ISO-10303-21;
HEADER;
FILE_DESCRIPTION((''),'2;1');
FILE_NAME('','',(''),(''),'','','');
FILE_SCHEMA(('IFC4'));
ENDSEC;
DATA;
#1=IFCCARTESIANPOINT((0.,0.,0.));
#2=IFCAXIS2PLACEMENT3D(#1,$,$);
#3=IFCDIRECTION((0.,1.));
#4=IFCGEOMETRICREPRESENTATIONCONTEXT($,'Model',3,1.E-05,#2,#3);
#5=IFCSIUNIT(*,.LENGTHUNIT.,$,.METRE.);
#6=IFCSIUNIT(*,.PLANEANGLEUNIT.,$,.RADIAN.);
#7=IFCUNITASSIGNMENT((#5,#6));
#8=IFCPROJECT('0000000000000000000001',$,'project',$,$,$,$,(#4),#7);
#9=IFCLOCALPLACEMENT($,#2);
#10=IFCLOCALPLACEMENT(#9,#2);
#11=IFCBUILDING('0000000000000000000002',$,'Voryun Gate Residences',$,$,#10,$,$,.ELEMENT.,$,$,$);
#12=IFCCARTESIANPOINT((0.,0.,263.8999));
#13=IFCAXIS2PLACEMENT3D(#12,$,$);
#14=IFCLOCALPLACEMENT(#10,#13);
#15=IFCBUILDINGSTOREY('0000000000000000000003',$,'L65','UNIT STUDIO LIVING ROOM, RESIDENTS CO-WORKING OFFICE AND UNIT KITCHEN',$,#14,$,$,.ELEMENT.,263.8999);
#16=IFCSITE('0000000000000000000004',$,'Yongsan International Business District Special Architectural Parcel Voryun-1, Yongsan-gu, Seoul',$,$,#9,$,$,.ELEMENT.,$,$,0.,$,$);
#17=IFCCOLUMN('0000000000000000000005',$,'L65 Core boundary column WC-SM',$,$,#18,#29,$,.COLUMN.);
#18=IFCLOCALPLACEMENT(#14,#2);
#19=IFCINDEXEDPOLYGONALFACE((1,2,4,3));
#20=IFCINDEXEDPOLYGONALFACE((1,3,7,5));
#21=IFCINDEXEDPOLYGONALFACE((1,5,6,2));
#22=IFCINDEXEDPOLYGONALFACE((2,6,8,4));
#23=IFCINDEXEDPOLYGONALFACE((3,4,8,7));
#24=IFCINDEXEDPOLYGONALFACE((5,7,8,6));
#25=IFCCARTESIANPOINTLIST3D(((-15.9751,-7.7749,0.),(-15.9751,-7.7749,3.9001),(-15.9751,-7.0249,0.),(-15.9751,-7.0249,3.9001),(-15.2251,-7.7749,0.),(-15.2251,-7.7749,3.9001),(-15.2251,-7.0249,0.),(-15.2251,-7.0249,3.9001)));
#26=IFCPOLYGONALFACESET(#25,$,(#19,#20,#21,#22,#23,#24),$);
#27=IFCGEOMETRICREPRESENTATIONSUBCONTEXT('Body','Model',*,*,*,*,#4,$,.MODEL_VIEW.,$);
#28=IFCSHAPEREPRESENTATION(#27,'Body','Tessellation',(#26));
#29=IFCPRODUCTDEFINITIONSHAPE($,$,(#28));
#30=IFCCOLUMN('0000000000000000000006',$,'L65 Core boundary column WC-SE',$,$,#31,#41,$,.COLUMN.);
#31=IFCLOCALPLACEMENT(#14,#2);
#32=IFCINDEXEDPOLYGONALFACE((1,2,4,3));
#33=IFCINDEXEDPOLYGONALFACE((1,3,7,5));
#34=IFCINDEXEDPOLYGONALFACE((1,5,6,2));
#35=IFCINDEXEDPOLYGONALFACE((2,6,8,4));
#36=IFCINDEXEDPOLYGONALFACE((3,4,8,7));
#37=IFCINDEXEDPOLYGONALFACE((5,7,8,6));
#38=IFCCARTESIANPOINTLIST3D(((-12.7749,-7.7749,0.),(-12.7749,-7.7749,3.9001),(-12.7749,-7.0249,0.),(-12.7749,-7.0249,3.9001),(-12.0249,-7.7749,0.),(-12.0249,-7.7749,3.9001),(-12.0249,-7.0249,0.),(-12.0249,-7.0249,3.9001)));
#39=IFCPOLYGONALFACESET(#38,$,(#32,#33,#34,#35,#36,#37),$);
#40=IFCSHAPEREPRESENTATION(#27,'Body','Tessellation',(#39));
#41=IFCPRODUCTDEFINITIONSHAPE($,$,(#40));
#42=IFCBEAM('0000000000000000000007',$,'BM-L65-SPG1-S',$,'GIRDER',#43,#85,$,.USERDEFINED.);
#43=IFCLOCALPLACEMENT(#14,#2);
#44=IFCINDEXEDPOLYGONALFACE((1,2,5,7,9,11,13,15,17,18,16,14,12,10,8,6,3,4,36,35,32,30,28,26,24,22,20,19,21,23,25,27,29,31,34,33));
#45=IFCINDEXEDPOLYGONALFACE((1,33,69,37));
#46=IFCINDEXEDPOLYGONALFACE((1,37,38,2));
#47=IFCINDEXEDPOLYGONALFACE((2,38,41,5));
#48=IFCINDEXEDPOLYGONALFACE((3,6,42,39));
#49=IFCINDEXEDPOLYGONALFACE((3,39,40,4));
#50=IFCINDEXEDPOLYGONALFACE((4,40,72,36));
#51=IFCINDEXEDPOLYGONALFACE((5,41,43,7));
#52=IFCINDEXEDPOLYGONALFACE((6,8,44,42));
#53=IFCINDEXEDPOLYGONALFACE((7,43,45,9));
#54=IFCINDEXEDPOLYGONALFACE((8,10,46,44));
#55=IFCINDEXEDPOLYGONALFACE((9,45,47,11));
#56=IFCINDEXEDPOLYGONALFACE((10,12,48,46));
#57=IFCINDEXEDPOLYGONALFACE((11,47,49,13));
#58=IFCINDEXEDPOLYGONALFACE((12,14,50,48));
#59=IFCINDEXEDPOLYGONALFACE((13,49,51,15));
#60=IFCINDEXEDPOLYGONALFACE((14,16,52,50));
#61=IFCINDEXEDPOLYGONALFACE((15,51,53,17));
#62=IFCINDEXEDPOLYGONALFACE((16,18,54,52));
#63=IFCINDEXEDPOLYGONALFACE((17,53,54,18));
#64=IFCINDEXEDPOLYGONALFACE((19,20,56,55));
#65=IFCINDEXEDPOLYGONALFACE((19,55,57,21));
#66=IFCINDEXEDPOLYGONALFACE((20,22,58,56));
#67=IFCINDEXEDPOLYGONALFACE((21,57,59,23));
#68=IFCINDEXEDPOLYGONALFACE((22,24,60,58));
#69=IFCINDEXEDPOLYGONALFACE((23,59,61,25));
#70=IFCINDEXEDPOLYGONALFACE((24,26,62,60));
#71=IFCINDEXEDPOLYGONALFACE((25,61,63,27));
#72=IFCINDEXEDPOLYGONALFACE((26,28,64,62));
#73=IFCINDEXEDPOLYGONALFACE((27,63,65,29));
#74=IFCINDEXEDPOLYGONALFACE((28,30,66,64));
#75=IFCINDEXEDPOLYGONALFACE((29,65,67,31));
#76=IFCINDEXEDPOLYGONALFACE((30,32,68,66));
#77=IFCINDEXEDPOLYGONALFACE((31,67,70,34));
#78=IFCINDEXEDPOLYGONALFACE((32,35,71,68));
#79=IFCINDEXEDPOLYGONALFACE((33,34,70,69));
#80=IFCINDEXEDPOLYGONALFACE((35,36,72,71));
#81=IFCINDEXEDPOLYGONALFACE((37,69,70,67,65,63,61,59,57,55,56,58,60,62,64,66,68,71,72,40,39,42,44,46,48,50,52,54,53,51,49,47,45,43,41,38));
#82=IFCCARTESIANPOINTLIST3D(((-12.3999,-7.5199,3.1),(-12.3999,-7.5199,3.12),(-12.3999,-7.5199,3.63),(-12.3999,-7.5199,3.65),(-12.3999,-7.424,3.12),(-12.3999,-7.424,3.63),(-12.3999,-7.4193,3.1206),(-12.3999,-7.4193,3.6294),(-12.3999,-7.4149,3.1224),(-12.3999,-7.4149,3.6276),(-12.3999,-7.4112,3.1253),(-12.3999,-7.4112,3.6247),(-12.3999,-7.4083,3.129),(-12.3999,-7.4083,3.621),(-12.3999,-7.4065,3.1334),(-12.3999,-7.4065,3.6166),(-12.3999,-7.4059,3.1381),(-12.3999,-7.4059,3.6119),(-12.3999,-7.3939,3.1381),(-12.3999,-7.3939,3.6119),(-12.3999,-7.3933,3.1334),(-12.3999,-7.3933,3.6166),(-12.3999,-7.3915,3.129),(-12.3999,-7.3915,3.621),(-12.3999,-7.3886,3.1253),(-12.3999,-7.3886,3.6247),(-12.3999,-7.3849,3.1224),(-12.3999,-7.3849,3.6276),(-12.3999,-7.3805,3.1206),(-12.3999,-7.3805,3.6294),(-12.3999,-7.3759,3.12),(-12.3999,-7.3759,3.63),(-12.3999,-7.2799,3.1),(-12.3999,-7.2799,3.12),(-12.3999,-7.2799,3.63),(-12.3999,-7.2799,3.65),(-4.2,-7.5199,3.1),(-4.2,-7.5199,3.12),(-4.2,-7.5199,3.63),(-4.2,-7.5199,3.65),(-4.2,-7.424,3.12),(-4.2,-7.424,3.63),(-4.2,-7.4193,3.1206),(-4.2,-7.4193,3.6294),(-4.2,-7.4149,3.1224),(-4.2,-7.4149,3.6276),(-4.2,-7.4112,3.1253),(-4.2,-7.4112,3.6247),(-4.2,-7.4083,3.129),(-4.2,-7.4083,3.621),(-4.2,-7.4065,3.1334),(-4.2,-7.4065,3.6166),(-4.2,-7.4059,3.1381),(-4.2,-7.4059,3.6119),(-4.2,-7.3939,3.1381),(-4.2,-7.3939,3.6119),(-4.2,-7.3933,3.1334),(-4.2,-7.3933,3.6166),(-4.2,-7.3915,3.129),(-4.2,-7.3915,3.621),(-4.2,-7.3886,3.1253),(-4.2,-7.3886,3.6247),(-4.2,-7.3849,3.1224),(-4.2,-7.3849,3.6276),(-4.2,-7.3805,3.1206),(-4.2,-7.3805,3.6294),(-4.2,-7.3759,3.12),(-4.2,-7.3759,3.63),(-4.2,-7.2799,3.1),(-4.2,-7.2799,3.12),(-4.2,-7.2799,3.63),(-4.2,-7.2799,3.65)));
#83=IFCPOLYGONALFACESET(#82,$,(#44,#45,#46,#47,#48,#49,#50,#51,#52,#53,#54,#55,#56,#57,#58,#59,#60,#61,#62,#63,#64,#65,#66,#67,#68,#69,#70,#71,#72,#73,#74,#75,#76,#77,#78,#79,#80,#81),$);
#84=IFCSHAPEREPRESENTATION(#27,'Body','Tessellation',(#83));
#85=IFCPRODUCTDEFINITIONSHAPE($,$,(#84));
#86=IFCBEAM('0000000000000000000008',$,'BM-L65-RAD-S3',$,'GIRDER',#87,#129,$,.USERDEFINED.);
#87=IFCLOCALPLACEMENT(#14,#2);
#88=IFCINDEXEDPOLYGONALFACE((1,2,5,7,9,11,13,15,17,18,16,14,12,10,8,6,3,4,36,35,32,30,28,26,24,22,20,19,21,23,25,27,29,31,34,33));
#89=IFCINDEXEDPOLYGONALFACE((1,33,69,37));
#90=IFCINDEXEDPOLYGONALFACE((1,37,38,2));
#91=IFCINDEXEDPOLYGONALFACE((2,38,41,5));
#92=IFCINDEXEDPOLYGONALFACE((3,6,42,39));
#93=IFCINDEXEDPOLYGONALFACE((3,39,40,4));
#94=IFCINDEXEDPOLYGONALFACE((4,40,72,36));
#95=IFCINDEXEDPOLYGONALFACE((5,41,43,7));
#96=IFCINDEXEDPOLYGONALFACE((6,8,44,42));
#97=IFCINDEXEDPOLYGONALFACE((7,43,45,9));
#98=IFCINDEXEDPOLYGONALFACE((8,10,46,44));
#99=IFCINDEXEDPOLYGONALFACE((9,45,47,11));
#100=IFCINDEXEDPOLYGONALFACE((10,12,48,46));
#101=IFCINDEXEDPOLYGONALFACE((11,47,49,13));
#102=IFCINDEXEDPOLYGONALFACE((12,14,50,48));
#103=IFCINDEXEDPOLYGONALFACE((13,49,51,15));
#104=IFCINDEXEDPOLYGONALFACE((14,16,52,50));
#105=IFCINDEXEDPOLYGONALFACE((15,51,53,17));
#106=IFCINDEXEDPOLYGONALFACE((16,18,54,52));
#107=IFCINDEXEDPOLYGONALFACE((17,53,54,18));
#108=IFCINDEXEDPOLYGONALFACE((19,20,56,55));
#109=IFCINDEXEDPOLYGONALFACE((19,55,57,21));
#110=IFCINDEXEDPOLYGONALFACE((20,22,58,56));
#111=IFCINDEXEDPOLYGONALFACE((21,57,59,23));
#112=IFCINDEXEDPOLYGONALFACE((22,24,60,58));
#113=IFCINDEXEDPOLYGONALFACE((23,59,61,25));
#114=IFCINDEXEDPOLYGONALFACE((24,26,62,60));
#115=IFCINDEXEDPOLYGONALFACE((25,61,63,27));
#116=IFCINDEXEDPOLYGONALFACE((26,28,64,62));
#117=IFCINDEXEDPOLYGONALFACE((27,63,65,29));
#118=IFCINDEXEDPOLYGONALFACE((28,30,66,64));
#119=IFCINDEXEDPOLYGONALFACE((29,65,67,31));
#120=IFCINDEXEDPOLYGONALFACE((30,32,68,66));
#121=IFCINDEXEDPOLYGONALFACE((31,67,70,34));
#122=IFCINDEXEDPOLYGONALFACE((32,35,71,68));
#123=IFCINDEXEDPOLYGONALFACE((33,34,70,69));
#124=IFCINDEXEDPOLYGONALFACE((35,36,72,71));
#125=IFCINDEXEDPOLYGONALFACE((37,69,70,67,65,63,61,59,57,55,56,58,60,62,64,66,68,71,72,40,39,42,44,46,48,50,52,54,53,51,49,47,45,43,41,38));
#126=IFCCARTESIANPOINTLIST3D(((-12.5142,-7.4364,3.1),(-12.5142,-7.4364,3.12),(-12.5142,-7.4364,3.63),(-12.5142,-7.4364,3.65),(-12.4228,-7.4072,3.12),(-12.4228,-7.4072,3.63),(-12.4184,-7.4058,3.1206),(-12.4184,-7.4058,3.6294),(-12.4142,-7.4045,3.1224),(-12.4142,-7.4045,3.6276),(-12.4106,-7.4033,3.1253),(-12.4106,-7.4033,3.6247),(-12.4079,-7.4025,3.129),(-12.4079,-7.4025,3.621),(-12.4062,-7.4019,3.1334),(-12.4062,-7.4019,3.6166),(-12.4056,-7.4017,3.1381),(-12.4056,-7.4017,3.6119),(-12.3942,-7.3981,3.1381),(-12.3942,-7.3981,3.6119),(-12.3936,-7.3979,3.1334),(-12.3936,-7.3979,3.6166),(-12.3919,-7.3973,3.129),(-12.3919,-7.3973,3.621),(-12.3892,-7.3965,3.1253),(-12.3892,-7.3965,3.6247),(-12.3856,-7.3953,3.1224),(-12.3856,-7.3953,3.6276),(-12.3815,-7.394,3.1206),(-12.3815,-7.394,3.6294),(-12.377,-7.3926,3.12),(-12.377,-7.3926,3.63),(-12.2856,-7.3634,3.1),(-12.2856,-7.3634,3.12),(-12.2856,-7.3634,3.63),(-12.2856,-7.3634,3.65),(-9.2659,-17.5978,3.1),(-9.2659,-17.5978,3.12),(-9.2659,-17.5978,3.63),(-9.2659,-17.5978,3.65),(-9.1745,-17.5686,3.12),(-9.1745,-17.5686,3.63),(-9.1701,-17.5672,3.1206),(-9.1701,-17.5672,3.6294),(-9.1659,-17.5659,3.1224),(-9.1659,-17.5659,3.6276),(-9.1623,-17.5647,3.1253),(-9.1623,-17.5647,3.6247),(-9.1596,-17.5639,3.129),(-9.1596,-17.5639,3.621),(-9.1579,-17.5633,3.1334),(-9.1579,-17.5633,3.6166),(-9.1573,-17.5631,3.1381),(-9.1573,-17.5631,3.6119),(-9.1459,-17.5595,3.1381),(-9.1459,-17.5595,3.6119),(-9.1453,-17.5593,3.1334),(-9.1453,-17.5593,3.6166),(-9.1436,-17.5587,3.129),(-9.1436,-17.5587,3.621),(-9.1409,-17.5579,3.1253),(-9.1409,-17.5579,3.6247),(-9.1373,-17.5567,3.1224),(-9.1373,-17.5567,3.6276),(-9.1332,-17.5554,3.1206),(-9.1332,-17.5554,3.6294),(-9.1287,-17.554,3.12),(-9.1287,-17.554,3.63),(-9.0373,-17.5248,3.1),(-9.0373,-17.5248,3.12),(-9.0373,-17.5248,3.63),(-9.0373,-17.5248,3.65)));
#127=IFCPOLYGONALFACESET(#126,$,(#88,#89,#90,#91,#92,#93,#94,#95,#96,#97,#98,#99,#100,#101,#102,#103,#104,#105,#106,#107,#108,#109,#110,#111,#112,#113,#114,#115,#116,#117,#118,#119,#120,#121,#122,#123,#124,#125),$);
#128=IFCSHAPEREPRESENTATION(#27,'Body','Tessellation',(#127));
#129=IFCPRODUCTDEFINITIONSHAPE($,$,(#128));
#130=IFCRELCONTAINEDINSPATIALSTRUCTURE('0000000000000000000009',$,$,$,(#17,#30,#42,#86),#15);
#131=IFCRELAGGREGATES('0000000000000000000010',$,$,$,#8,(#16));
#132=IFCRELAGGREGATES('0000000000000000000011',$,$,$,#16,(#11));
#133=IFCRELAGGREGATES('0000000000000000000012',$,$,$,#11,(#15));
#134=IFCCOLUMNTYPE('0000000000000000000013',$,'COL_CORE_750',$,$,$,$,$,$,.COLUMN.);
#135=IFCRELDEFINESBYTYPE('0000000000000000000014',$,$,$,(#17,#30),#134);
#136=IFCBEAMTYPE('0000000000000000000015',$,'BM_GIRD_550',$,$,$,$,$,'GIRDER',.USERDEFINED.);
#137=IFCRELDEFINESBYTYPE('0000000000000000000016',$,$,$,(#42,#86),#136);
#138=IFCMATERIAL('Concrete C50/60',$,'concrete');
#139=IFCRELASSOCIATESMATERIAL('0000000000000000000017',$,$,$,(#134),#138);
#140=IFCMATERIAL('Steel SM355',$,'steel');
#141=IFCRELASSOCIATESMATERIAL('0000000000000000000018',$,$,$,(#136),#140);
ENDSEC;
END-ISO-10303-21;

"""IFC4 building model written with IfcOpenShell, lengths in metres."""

from ifc_helpers import new_model, si_unit, direction, frame, origin, origin_2d, place, context, subcontext, project, spatial, rectangle, i_section, extrude, material, material_profile, profile_set, type_object, element, save


model = new_model("IFC4")

# Units and contexts
model_context = context("Model", 3, precision=1e-05, world=origin(), true_north=direction((0.0, 1.0)))
body_context = subcontext(model_context, "Body", "Model", "MODEL_VIEW")
ifc_project = project(units=[si_unit("LENGTHUNIT", "METRE"), si_unit("PLANEANGLEUNIT", "RADIAN")], contexts=[model_context])

# Site, building, storey
site_placement = place(None, origin())
site = spatial("IfcSite", under=ifc_project, at=site_placement, Name="Yongsan International Business District Special Architectural Parcel Voryun-1, Yongsan-gu, Seoul", CompositionType="ELEMENT", RefElevation=0.0)
building_placement = place(site_placement, origin())
building = spatial("IfcBuilding", under=site, at=building_placement, Name="Voryun Gate Residences", CompositionType="ELEMENT")
storey_placement = place(building_placement, frame((0.0, 0.0, 263.8999)))
storey = spatial("IfcBuildingStorey", under=building, at=storey_placement, Name="L65", Description="UNIT STUDIO LIVING ROOM, RESIDENTS CO-WORKING OFFICE AND UNIT KITCHEN", CompositionType="ELEMENT", Elevation=263.8999)

# Columns
ifc_material_1 = material(Name="Concrete C50/60", Category="concrete")
ifc_material_profile_1 = material_profile(ifc_material_1, rectangle(XDim=0.75, YDim=0.75, at=origin_2d()), Name="RC-750x750")
ifc_profile_set_1 = profile_set([ifc_material_profile_1], Name="Concrete C50/60")
column_type = type_object("IfcColumnType", Name="COL_CORE_750", PredefinedType="COLUMN", material=ifc_profile_set_1)
for number, where, z_axis, x_axis, name in (
    (1, (-15.6001, -7.3999, 0.0), (0.0, 0.0, 1.0), (1.0, 0.0, 0.0), "L65 Core boundary column WC-SM"),
    (2, (-12.3999, -7.3999, 0.0), (0.0, 0.0, 1.0), (1.0, 0.0, 0.0), "L65 Core boundary column WC-SE"),
):
    element("IfcColumn", number, at=place(storey_placement, frame(where, z_axis=z_axis, x_axis=x_axis)), inside=storey, type_object=column_type, Name=name, PredefinedType="COLUMN", context=body_context, shape_type="SweptSolid", body=[
        extrude(rectangle(XDim=0.75, YDim=0.75, at=origin_2d()), origin(), (0.0, 0.0, 1.0), 3.9001),
    ])

# Beams
ifc_material_2 = material(Name="Steel SM355", Category="steel")
ifc_material_profile_2 = material_profile(ifc_material_2, i_section(OverallWidth=0.24, OverallDepth=0.55, WebThickness=0.012, FlangeThickness=0.02, FilletRadius=0.0181, at=origin_2d()), Name="H-550x240x12x20")
ifc_profile_set_2 = profile_set([ifc_material_profile_2], Name="Steel SM355")
beam_type = type_object("IfcBeamType", Name="BM_GIRD_550", ElementType="GIRDER", PredefinedType="USERDEFINED", material=ifc_profile_set_2)
beam_1_placement = place(storey_placement, frame((-12.3999, -7.3999, 3.375), z_axis=(1.0, 0.0, 0.0), x_axis=(0.0, 1.0, 0.0)))
element("IfcBeam", 3, at=beam_1_placement, inside=storey, type_object=beam_type, Name="BM-L65-SPG1-S", ObjectType="GIRDER", PredefinedType="USERDEFINED", context=body_context, shape_type="SweptSolid", body=[
    extrude(i_section(OverallWidth=0.24, OverallDepth=0.55, WebThickness=0.012, FlangeThickness=0.02, FilletRadius=0.0181, at=origin_2d()), origin(), (0.0, 0.0, 1.0), 8.2),
])
beam_2_placement = place(storey_placement, frame((-12.3999, -7.3999, 3.375), z_axis=(0.304491, -0.952515, 0.0), x_axis=(0.952515, 0.304491, 0.0)))
element("IfcBeam", 4, at=beam_2_placement, inside=storey, type_object=beam_type, Name="BM-L65-RAD-S3", ObjectType="GIRDER", PredefinedType="USERDEFINED", context=body_context, shape_type="SweptSolid", body=[
    extrude(i_section(OverallWidth=0.24, OverallDepth=0.55, WebThickness=0.012, FlangeThickness=0.02, FilletRadius=0.0181, at=origin_2d()), origin(), (0.0, 0.0, 1.0), 10.668),
])

save(model, "model.ifc")
